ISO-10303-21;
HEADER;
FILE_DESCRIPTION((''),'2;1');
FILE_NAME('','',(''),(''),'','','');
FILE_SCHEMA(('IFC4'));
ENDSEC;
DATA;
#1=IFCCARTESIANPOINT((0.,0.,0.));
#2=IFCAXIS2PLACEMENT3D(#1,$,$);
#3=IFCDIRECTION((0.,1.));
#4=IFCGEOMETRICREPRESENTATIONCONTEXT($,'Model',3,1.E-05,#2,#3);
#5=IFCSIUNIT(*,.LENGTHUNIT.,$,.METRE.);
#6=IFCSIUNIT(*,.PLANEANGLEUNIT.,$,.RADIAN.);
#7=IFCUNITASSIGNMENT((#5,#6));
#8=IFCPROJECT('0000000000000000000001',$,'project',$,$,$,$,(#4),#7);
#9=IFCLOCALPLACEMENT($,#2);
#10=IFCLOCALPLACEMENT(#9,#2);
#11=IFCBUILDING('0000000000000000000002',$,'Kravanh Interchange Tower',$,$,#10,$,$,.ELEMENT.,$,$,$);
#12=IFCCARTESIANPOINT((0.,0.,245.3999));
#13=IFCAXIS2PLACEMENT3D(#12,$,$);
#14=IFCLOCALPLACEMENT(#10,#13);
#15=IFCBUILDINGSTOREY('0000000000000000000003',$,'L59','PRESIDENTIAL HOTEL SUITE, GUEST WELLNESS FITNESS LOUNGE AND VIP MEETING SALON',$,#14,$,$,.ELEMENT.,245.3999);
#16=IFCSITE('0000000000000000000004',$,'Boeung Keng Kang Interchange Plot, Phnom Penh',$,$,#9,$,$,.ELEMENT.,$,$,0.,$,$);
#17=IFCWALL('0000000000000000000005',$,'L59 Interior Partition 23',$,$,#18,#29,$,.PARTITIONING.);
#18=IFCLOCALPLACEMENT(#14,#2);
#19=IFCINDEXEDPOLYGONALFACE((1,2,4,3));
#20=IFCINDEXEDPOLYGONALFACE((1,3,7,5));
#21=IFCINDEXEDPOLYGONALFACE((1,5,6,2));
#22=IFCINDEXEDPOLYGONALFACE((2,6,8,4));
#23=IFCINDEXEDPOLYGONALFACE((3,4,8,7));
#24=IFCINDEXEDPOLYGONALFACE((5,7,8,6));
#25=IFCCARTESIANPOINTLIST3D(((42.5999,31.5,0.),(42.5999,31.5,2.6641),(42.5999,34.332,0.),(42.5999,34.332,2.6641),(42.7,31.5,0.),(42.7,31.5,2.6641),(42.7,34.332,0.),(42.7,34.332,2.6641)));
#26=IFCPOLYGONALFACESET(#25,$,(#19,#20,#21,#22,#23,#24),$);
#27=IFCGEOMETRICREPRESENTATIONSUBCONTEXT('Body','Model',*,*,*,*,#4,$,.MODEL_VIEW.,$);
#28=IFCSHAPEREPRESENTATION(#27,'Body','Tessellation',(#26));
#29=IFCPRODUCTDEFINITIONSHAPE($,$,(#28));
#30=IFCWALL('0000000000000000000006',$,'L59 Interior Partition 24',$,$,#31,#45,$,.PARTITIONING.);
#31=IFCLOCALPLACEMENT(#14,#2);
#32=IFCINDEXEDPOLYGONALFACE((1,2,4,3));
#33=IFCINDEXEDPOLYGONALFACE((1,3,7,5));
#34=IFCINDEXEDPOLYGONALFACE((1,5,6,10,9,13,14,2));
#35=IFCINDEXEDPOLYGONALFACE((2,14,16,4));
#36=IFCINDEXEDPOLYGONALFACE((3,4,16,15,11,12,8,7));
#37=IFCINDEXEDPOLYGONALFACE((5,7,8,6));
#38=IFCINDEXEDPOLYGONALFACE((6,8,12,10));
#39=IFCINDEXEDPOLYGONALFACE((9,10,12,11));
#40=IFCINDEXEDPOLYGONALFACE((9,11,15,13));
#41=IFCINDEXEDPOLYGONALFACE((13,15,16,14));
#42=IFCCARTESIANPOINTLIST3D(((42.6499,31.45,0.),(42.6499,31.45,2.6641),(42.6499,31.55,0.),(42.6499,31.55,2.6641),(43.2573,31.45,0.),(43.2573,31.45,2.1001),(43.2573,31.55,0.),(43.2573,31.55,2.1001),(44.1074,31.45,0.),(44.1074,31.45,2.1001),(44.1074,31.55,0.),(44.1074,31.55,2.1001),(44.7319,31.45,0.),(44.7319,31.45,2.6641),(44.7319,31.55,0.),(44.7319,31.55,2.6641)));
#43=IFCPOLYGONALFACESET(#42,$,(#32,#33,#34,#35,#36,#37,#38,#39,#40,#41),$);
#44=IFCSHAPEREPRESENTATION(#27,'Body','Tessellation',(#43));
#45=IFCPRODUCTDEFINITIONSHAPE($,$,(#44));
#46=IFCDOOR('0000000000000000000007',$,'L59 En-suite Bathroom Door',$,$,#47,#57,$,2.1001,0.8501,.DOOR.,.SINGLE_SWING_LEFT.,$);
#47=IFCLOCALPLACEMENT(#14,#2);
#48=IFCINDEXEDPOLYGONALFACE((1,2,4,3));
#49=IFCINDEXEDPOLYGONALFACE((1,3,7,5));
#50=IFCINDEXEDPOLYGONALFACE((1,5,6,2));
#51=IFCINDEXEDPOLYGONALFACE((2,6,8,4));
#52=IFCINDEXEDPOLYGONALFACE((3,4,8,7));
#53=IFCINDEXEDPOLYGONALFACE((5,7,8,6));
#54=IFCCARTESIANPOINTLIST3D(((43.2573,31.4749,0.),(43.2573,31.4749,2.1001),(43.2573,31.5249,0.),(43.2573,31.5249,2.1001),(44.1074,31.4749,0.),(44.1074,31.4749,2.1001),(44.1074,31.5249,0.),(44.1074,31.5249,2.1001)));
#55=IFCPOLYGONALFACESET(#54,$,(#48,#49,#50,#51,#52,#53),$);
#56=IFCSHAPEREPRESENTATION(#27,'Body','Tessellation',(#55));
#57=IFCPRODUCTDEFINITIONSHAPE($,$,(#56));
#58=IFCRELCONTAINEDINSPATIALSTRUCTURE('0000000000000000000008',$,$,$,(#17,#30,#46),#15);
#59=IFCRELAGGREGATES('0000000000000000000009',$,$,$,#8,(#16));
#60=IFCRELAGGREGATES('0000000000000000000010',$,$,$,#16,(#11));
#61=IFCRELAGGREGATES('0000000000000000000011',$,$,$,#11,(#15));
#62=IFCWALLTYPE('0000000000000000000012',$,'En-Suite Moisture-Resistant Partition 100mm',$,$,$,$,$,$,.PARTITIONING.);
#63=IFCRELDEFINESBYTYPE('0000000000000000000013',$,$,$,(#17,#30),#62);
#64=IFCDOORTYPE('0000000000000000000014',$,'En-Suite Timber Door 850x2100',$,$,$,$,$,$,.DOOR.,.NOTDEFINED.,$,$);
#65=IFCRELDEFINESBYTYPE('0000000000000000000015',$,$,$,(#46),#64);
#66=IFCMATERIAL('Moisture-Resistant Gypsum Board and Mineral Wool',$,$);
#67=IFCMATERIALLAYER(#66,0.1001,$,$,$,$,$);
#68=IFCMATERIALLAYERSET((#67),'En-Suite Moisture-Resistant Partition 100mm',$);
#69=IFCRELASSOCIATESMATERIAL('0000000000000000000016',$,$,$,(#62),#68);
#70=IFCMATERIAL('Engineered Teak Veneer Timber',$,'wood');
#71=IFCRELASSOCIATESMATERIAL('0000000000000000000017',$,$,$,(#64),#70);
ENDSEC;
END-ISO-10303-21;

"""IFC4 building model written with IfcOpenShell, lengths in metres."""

from ifc_helpers import new_model, si_unit, direction, frame, frame_2d, origin, place, context, subcontext, project, spatial, rectangle, extrude, material, layer, layer_set, type_object, element, fill, save


model = new_model("IFC4")

# Units and contexts
model_context = context("Model", 3, precision=1e-05, world=origin(), true_north=direction((0.0, 1.0)))
body_context = subcontext(model_context, "Body", "Model", "MODEL_VIEW")
ifc_project = project(units=[si_unit("LENGTHUNIT", "METRE"), si_unit("PLANEANGLEUNIT", "RADIAN")], contexts=[model_context])

# Site, building, storey
site_placement = place(None, origin())
site = spatial("IfcSite", under=ifc_project, at=site_placement, Name="Boeung Keng Kang Interchange Plot, Phnom Penh", CompositionType="ELEMENT", RefElevation=0.0)
building_placement = place(site_placement, origin())
building = spatial("IfcBuilding", under=site, at=building_placement, Name="Kravanh Interchange Tower", CompositionType="ELEMENT")
storey_placement = place(building_placement, frame((0.0, 0.0, 245.3999)))
storey = spatial("IfcBuildingStorey", under=building, at=storey_placement, Name="L59", Description="PRESIDENTIAL HOTEL SUITE, GUEST WELLNESS FITNESS LOUNGE AND VIP MEETING SALON", CompositionType="ELEMENT", Elevation=245.3999)

# Wall
ifc_material_1 = material(Name="Moisture-Resistant Gypsum Board and Mineral Wool")
ifc_layer = layer(ifc_material_1, 0.1001)
ifc_layer_set = layer_set([ifc_layer], Name="En-Suite Moisture-Resistant Partition 100mm")
wall_type = type_object("IfcWallType", Name="En-Suite Moisture-Resistant Partition 100mm", PredefinedType="PARTITIONING", material=ifc_layer_set)
wall_1_placement = place(storey_placement, frame((42.6499, 31.5, 0.0), z_axis=(0.0, 0.0, 1.0), x_axis=(0.0, 1.0, 0.0)))
element("IfcWall", 1, at=wall_1_placement, inside=storey, type_object=wall_type, Name="L59 Interior Partition 23", PredefinedType="PARTITIONING", context=body_context, shape_type="SweptSolid", body=[
    extrude(rectangle(XDim=2.832, YDim=0.1001, at=frame_2d((1.416, 0.0))), origin(), (0.0, 0.0, 1.0), 2.6641),
])

# Wall, opening, door
wall_2_placement = place(storey_placement, frame((42.6499, 31.5, 0.0), z_axis=(0.0, 0.0, 1.0), x_axis=(1.0, 0.0, 0.0)))
wall_2 = element("IfcWall", 2, at=wall_2_placement, inside=storey, type_object=wall_type, Name="L59 Interior Partition 24", PredefinedType="PARTITIONING", context=body_context, shape_type="SweptSolid", body=[
    extrude(rectangle(XDim=2.082, YDim=0.1001, at=frame_2d((1.041, 0.0))), origin(), (0.0, 0.0, 1.0), 2.6641),
])
opening_placement = place(wall_2_placement, frame((0.6074, 0.0, 0.0)))
opening = element("IfcOpeningElement", 3, at=opening_placement, cuts=wall_2, PredefinedType="OPENING", context=body_context, shape_type="SweptSolid", body=[
    extrude(rectangle(XDim=0.8501, YDim=2.1001, at=frame_2d((0.425, 1.05))), frame((0.0, 0.0601, 0.0), z_axis=(0.0, -1.0, 0.0), x_axis=(1.0, 0.0, 0.0)), (0.0, 0.0, 1.0), 0.1201),
])
ifc_material_2 = material(Name="Engineered Teak Veneer Timber", Category="wood")
door_type = type_object("IfcDoorType", Name="En-Suite Timber Door 850x2100", OperationType="NOTDEFINED", PredefinedType="DOOR", material=ifc_material_2)
door_placement = place(opening_placement, origin())
door = element("IfcDoor", 4, at=door_placement, inside=storey, type_object=door_type, Name="L59 En-suite Bathroom Door", OperationType="SINGLE_SWING_LEFT", OverallHeight=2.1001, OverallWidth=0.8501, PredefinedType="DOOR", context=body_context, shape_type="SweptSolid", body=[
    extrude(rectangle(XDim=0.8501, YDim=2.1001, at=frame_2d((0.425, 1.05))), frame((0.0, 0.0249, 0.0), z_axis=(0.0, -1.0, 0.0), x_axis=(1.0, 0.0, 0.0)), (0.0, 0.0, 1.0), 0.05),
])
fill(opening, door)

save(model, "model.ifc")
